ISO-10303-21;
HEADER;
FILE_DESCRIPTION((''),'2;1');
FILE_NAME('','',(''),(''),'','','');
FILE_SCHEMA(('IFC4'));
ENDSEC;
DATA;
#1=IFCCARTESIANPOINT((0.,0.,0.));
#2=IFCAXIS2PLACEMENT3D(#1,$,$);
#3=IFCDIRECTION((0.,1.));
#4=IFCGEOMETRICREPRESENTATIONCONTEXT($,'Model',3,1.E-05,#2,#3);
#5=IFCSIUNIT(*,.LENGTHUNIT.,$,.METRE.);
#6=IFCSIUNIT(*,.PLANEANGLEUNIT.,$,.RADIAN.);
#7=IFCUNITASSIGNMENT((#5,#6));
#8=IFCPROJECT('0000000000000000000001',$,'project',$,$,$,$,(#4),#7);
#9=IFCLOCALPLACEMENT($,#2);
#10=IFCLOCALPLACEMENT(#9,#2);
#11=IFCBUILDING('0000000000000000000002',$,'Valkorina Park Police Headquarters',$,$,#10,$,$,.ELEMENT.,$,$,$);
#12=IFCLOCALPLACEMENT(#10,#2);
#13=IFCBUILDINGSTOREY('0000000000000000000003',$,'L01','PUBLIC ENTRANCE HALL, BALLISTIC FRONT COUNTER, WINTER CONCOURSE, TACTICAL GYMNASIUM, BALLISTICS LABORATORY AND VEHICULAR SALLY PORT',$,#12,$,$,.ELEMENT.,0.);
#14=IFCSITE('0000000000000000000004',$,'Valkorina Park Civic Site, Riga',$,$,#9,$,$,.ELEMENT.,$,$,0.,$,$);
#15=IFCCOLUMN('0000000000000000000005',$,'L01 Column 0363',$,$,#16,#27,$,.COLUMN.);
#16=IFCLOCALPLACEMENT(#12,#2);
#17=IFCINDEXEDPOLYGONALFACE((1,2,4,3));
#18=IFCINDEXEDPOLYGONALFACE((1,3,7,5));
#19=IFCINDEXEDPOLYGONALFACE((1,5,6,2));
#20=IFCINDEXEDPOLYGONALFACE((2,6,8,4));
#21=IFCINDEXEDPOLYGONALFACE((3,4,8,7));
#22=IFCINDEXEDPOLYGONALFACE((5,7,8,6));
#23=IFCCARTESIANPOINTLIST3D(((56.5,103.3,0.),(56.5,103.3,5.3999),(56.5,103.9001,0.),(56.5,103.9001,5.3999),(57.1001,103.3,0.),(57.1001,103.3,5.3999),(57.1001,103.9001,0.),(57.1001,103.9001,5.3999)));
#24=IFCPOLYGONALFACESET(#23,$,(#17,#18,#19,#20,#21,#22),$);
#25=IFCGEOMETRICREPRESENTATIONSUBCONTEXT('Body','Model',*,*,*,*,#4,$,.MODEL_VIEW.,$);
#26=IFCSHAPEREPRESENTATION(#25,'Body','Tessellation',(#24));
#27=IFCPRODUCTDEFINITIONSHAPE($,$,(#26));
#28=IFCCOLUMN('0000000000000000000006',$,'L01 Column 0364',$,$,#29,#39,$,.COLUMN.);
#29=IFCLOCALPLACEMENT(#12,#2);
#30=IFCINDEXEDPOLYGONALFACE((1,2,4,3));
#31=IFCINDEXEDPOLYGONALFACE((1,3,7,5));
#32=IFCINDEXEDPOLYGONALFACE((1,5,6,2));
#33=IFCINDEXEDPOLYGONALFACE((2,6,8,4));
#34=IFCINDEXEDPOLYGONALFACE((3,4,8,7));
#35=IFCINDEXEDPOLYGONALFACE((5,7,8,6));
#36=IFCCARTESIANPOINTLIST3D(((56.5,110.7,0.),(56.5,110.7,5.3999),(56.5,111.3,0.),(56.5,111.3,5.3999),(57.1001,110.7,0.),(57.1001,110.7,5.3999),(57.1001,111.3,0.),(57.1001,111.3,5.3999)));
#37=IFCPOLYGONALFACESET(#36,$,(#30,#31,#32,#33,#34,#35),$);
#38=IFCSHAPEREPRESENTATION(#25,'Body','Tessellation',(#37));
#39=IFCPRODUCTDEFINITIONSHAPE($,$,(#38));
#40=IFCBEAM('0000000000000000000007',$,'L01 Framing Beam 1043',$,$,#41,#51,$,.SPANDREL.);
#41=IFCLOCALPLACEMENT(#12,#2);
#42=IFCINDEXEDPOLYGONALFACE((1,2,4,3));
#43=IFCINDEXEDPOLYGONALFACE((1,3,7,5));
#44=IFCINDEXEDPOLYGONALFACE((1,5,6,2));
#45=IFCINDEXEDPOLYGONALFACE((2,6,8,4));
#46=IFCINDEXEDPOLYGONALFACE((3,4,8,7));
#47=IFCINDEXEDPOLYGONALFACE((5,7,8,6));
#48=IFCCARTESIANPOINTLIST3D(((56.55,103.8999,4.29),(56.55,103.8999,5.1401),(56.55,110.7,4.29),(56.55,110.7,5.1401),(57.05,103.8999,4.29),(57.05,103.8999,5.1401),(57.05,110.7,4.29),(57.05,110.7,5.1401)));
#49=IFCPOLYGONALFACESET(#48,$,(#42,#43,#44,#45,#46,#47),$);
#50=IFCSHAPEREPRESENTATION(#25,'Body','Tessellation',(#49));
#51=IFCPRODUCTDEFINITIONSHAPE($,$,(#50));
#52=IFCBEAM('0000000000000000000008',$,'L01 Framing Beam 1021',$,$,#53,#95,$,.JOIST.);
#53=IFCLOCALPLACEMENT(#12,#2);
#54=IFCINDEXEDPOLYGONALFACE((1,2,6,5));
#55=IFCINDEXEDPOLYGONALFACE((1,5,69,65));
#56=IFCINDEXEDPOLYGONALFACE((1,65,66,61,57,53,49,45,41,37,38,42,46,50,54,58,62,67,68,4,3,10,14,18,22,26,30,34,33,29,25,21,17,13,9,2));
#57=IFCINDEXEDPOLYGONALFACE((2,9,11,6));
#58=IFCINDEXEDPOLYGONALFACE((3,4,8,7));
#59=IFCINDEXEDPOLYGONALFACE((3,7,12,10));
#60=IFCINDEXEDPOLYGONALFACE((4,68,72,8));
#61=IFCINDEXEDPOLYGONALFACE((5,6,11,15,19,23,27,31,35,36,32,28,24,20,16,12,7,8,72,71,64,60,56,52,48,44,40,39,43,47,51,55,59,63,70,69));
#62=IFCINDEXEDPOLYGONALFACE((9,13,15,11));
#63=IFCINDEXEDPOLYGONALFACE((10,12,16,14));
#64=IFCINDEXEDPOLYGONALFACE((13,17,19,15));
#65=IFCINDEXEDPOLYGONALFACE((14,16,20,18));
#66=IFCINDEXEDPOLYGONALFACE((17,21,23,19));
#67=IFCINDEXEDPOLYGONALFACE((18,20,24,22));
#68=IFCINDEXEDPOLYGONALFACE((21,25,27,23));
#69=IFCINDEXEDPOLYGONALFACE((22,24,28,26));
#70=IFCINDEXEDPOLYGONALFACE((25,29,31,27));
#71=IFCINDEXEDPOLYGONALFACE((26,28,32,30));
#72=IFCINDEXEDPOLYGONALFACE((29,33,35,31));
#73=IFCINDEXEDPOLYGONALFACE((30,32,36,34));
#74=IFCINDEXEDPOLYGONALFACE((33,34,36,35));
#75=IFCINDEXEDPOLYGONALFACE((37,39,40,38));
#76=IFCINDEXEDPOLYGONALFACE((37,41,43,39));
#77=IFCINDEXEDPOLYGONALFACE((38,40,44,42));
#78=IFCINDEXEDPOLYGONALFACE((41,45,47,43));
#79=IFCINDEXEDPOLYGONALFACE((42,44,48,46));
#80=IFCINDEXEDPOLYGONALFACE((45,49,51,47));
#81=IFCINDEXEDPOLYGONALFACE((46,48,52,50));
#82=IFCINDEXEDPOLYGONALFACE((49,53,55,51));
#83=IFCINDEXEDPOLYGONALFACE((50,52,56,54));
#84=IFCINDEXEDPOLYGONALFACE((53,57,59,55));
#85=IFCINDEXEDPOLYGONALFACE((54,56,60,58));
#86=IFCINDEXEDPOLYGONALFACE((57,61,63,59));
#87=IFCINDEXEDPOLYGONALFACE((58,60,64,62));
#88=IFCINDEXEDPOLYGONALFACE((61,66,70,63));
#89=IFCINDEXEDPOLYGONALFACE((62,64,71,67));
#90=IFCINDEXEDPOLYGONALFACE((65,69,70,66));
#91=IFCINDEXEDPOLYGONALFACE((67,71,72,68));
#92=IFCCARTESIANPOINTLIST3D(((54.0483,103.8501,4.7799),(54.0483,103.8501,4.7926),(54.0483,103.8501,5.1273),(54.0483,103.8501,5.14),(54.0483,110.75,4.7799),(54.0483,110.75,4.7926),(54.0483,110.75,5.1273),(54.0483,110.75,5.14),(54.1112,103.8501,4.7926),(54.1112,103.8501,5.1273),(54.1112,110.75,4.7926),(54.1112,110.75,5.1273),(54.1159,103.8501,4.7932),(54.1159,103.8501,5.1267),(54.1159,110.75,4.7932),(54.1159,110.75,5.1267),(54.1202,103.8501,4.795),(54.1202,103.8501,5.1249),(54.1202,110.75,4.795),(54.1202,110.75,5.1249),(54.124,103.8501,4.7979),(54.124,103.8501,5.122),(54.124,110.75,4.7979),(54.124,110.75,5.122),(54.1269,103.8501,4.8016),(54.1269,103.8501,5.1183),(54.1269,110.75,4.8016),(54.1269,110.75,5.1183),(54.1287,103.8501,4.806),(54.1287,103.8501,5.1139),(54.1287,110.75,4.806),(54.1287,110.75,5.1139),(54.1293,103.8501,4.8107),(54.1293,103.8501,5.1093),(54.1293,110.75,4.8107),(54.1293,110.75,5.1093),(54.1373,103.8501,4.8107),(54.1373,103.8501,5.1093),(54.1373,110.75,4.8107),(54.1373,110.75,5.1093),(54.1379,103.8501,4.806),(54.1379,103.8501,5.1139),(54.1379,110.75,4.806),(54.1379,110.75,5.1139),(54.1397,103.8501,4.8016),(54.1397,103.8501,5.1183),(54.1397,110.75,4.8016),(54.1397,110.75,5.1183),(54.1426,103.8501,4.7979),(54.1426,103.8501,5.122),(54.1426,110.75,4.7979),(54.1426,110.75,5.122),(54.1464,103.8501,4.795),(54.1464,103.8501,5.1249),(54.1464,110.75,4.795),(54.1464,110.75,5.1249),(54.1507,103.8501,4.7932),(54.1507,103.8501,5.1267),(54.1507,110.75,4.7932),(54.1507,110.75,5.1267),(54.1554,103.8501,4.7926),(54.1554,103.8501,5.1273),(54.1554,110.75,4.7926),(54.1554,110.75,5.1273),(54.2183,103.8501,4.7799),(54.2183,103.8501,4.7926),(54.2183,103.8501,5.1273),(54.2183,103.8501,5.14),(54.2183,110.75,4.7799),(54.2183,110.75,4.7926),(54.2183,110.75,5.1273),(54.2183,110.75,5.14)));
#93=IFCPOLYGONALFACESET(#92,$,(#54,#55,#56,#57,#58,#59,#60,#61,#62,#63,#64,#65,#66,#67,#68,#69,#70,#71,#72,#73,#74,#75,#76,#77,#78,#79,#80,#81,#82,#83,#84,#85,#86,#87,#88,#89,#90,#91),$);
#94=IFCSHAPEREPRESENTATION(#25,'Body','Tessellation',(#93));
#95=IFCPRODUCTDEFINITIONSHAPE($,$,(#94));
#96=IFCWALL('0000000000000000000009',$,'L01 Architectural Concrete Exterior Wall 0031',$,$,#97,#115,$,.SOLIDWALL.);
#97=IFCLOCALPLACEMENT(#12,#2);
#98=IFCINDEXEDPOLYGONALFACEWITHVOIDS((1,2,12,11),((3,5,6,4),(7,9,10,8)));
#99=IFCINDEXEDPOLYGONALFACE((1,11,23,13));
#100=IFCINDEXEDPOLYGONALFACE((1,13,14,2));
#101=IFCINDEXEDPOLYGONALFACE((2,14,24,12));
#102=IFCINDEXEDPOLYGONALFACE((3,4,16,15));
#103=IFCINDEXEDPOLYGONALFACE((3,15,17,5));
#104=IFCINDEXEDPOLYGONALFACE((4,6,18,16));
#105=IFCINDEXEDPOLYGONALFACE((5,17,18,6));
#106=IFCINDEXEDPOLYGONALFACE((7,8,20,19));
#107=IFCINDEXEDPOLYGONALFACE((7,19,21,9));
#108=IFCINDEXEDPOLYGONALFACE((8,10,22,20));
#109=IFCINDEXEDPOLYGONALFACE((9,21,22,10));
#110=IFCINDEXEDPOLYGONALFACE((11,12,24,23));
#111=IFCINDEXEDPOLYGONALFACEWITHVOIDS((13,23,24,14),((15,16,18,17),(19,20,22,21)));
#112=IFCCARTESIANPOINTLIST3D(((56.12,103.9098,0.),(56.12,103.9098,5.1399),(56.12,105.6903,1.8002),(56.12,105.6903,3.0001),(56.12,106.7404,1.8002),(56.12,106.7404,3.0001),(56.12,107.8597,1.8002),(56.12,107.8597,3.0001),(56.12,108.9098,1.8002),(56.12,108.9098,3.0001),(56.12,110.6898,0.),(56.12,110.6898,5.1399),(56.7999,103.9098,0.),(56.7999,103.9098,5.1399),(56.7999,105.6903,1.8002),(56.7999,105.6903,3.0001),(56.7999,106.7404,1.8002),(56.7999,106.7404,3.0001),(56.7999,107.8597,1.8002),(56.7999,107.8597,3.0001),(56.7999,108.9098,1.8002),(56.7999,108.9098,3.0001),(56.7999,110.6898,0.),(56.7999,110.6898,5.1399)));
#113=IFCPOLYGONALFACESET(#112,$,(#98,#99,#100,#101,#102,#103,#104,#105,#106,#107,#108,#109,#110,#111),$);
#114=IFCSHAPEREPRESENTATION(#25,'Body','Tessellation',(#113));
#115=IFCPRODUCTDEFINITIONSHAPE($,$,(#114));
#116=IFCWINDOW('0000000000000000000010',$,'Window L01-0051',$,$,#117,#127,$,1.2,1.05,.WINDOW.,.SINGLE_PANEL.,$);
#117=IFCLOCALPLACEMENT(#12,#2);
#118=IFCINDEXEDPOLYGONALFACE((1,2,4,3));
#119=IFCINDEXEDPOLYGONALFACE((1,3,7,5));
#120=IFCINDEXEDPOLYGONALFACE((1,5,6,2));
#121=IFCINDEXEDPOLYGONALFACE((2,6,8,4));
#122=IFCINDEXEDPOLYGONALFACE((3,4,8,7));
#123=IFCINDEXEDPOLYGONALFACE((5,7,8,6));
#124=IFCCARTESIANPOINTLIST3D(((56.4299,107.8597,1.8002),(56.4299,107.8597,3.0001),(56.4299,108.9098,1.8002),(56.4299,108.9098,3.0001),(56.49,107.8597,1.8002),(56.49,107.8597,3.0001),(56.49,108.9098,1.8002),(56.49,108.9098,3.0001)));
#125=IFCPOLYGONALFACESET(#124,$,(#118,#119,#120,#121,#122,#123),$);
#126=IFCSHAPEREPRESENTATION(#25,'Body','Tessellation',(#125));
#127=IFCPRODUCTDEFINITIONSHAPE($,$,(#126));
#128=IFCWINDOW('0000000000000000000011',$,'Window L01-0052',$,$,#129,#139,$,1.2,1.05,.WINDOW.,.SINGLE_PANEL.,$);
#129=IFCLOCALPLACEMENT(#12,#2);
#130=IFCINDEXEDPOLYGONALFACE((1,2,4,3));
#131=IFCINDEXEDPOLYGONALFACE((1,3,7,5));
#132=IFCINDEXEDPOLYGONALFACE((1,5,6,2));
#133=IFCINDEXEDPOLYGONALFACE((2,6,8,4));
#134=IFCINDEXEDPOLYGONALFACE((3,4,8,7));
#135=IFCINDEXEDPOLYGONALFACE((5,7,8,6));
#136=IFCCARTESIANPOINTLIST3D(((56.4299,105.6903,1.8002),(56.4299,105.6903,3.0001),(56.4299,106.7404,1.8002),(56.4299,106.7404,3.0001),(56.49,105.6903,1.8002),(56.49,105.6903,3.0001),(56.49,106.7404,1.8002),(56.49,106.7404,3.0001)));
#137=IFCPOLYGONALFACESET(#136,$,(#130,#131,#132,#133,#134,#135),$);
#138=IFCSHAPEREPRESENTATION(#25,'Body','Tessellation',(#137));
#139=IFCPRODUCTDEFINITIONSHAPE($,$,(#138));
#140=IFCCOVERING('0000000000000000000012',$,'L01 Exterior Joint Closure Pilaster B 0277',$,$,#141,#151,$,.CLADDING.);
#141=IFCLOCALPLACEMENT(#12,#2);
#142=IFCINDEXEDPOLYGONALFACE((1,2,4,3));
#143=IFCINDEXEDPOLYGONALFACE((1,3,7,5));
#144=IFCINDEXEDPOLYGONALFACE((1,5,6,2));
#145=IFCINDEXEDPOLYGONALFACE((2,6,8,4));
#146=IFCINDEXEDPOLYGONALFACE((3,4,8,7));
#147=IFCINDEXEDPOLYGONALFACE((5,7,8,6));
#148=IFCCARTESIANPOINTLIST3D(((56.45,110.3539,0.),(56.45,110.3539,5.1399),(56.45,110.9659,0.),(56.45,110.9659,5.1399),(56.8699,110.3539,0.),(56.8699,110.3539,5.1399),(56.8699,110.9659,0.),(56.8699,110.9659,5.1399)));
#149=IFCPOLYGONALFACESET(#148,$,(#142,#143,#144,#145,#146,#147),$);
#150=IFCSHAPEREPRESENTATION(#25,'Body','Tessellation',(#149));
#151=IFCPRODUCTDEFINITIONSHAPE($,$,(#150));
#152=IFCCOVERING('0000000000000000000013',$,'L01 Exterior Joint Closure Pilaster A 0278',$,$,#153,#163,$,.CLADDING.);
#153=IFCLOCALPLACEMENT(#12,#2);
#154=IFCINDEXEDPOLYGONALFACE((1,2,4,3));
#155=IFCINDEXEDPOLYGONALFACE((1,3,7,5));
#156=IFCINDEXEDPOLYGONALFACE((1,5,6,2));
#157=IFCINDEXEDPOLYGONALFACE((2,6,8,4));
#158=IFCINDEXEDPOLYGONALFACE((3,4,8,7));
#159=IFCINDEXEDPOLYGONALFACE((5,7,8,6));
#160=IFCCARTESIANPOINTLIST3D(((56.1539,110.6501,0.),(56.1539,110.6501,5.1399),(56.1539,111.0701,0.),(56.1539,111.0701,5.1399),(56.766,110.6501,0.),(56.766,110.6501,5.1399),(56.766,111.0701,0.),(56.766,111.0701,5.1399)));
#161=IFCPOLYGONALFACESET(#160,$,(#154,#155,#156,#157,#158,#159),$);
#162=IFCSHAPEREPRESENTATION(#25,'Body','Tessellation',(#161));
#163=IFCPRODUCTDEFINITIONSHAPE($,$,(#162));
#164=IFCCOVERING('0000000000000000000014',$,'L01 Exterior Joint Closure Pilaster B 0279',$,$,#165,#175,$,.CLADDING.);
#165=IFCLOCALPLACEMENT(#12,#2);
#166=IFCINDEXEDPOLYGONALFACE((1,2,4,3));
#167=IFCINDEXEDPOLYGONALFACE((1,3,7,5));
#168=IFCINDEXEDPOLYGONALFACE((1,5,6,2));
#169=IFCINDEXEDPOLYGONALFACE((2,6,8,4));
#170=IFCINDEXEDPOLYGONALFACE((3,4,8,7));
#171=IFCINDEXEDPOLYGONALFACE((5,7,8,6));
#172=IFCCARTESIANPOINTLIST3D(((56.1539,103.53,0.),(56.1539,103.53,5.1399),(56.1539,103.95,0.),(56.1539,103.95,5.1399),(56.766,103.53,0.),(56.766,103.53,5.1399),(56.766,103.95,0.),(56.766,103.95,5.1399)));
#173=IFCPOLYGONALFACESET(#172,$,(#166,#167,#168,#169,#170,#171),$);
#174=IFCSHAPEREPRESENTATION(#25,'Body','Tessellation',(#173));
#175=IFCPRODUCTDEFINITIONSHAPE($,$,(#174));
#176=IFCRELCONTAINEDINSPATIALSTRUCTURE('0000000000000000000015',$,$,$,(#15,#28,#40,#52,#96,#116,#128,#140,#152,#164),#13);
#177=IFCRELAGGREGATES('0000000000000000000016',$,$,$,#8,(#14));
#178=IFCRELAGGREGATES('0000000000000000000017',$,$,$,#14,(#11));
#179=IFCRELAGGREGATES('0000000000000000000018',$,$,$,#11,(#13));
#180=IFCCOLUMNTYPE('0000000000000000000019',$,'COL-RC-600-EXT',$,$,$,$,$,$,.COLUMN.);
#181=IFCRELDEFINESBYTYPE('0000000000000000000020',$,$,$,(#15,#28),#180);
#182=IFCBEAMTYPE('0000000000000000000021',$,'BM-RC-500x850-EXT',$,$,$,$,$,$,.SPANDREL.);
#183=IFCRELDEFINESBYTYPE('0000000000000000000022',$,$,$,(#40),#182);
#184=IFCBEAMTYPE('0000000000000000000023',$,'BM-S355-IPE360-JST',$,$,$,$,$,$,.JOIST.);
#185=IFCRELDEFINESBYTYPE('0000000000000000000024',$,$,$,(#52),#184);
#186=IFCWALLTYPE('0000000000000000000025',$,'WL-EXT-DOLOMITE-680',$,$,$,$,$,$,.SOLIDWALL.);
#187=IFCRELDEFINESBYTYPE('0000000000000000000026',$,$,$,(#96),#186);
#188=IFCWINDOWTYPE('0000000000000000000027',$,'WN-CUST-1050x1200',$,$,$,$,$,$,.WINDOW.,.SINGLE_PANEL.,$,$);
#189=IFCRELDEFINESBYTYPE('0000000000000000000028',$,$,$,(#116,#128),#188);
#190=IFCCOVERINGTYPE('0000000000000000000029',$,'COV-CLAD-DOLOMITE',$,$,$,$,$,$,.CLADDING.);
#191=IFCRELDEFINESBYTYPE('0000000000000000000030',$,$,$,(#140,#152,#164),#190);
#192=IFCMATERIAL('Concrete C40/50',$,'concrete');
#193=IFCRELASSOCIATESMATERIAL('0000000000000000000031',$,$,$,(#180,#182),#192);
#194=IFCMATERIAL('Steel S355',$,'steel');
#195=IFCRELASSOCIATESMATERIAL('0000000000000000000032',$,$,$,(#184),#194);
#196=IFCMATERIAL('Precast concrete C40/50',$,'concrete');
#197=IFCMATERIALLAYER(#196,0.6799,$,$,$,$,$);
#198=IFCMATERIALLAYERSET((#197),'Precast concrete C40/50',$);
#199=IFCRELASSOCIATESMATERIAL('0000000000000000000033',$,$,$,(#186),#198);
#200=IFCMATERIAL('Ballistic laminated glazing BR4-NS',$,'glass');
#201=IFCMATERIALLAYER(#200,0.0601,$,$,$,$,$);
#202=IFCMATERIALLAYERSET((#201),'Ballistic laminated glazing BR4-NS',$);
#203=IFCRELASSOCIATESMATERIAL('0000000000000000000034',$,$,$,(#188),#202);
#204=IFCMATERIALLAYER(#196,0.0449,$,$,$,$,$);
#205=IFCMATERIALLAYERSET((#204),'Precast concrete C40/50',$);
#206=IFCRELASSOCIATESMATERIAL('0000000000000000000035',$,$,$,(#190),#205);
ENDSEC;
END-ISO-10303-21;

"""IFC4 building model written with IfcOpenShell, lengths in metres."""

from ifc_helpers import new_model, si_unit, direction, frame, frame_2d, origin, origin_2d, place, context, subcontext, project, spatial, rectangle, i_section, extrude, material, layer, layer_set, material_profile, profile_set, type_object, element, fill, save


model = new_model("IFC4")

# Units and contexts
model_context = context("Model", 3, precision=1e-05, world=origin(), true_north=direction((0.0, 1.0)))
body_context = subcontext(model_context, "Body", "Model", "MODEL_VIEW")
ifc_project = project(units=[si_unit("LENGTHUNIT", "METRE"), si_unit("PLANEANGLEUNIT", "RADIAN")], contexts=[model_context])

# Site, building, storey
site_placement = place(None, origin())
site = spatial("IfcSite", under=ifc_project, at=site_placement, Name="Valkorina Park Civic Site, Riga", CompositionType="ELEMENT", RefElevation=0.0)
building_placement = place(site_placement, origin())
building = spatial("IfcBuilding", under=site, at=building_placement, Name="Valkorina Park Police Headquarters", CompositionType="ELEMENT")
storey_placement = place(building_placement, origin())
storey = spatial("IfcBuildingStorey", under=building, at=storey_placement, Name="L01", Description="PUBLIC ENTRANCE HALL, BALLISTIC FRONT COUNTER, WINTER CONCOURSE, TACTICAL GYMNASIUM, BALLISTICS LABORATORY AND VEHICULAR SALLY PORT", CompositionType="ELEMENT", Elevation=0.0)

# Columns
ifc_material_1 = material(Name="Concrete C40/50", Category="concrete")
ifc_material_profile_1 = material_profile(ifc_material_1, rectangle(XDim=0.6001, YDim=0.6001, at=origin_2d()), Name="RC COL 600x600")
ifc_profile_set_1 = profile_set([ifc_material_profile_1], Name="Concrete C40/50")
column_type = type_object("IfcColumnType", Name="COL-RC-600-EXT", PredefinedType="COLUMN", material=ifc_profile_set_1)
for number, where, z_axis, x_axis, name in (
    (1, (56.8, 103.6001, 0.0), (0.0, 0.0, 1.0), (1.0, 0.0, 0.0), "L01 Column 0363"),
    (2, (56.8, 111.0, 0.0), (0.0, 0.0, 1.0), (1.0, 0.0, 0.0), "L01 Column 0364"),
):
    element("IfcColumn", number, at=place(storey_placement, frame(where, z_axis=z_axis, x_axis=x_axis)), inside=storey, type_object=column_type, Name=name, PredefinedType="COLUMN", context=body_context, shape_type="SweptSolid", body=[
        extrude(rectangle(XDim=0.6001, YDim=0.6001, at=origin_2d()), origin(), (0.0, 0.0, 1.0), 5.3999),
    ])

# Beams
ifc_material_profile_2 = material_profile(ifc_material_1, rectangle(XDim=0.5, YDim=0.8501, at=origin_2d()), Name="RC BEAM 500x850")
ifc_profile_set_2 = profile_set([ifc_material_profile_2], Name="Concrete C40/50")
beam_type_1 = type_object("IfcBeamType", Name="BM-RC-500x850-EXT", PredefinedType="SPANDREL", material=ifc_profile_set_2)
beam_1_placement = place(storey_placement, frame((56.8, 103.8999, 4.7151), z_axis=(0.0, 1.0, 0.0), x_axis=(-1.0, 0.0, 0.0)))
element("IfcBeam", 3, at=beam_1_placement, inside=storey, type_object=beam_type_1, Name="L01 Framing Beam 1043", PredefinedType="SPANDREL", context=body_context, shape_type="SweptSolid", body=[
    extrude(rectangle(XDim=0.5, YDim=0.8501, at=origin_2d()), origin(), (0.0, 0.0, 1.0), 6.8),
])
ifc_material_2 = material(Name="Steel S355", Category="steel")
ifc_material_profile_3 = material_profile(ifc_material_2, i_section(OverallWidth=0.1699, OverallDepth=0.3601, WebThickness=0.0081, FlangeThickness=0.0127, FilletRadius=0.0181, at=origin_2d()), Name="IPE 360")
ifc_profile_set_3 = profile_set([ifc_material_profile_3], Name="Steel S355")
beam_type_2 = type_object("IfcBeamType", Name="BM-S355-IPE360-JST", PredefinedType="JOIST", material=ifc_profile_set_3)
beam_2_placement = place(storey_placement, frame((54.1333, 103.8501, 4.96), z_axis=(0.0, 1.0, 0.0), x_axis=(-1.0, 0.0, 0.0)))
element("IfcBeam", 4, at=beam_2_placement, inside=storey, type_object=beam_type_2, Name="L01 Framing Beam 1021", PredefinedType="JOIST", context=body_context, shape_type="SweptSolid", body=[
    extrude(i_section(OverallWidth=0.1699, OverallDepth=0.3601, WebThickness=0.0081, FlangeThickness=0.0127, FilletRadius=0.0181, at=origin_2d()), origin(), (0.0, 0.0, 1.0), 6.8999),
])

# Wall, openings, windows
ifc_material_3 = material(Name="Precast concrete C40/50", Category="concrete")
ifc_layer_1 = layer(ifc_material_3, 0.6799)
ifc_layer_set_1 = layer_set([ifc_layer_1], Name="Precast concrete C40/50")
wall_type = type_object("IfcWallType", Name="WL-EXT-DOLOMITE-680", PredefinedType="SOLIDWALL", material=ifc_layer_set_1)
wall_placement = place(storey_placement, frame((56.46, 110.6899, 0.0), z_axis=(0.0, 0.0, 1.0), x_axis=(0.0, -1.0, 0.0)))
wall = element("IfcWall", 5, at=wall_placement, inside=storey, type_object=wall_type, Name="L01 Architectural Concrete Exterior Wall 0031", PredefinedType="SOLIDWALL", context=body_context, shape_type="SweptSolid", body=[
    extrude(rectangle(XDim=6.78, YDim=0.6799, at=frame_2d((3.3901, 0.0))), origin(), (0.0, 0.0, 1.0), 5.1399),
])
opening_1_placement = place(wall_placement, frame((1.7803, 0.0, 1.8)))
opening_1 = element("IfcOpeningElement", 6, at=opening_1_placement, cuts=wall, PredefinedType="OPENING", context=body_context, shape_type="SweptSolid", body=[
    extrude(rectangle(XDim=1.05, YDim=1.2, at=frame_2d((0.5249, 0.6001))), frame((0.0, 0.3501, 0.0), z_axis=(0.0, -1.0, 0.0), x_axis=(1.0, 0.0, 0.0)), (0.0, 0.0, 1.0), 0.7),
])
opening_2_placement = place(wall_placement, frame((3.9497, 0.0, 1.8)))
opening_2 = element("IfcOpeningElement", 7, at=opening_2_placement, cuts=wall, PredefinedType="OPENING", context=body_context, shape_type="SweptSolid", body=[
    extrude(rectangle(XDim=1.05, YDim=1.2, at=frame_2d((0.5249, 0.6001))), frame((0.0, 0.3501, 0.0), z_axis=(0.0, -1.0, 0.0), x_axis=(1.0, 0.0, 0.0)), (0.0, 0.0, 1.0), 0.7),
])
ifc_material_4 = material(Name="Ballistic laminated glazing BR4-NS", Category="glass")
ifc_layer_2 = layer(ifc_material_4, 0.0601)
ifc_layer_set_2 = layer_set([ifc_layer_2], Name="Ballistic laminated glazing BR4-NS")
window_type = type_object("IfcWindowType", Name="WN-CUST-1050x1200", PartitioningType="SINGLE_PANEL", PredefinedType="WINDOW", material=ifc_layer_set_2)
window_1_placement = place(opening_1_placement, origin())
window_1 = element("IfcWindow", 8, at=window_1_placement, inside=storey, type_object=window_type, Name="Window L01-0051", OverallHeight=1.2, OverallWidth=1.05, PartitioningType="SINGLE_PANEL", PredefinedType="WINDOW", context=body_context, shape_type="SweptSolid", body=[
    extrude(rectangle(XDim=1.05, YDim=1.2, at=frame_2d((0.5249, 0.6001))), frame((0.0, 0.03, 0.0), z_axis=(0.0, -1.0, 0.0), x_axis=(1.0, 0.0, 0.0)), (0.0, 0.0, 1.0), 0.0601),
])
fill(opening_1, window_1)
window_2_placement = place(opening_2_placement, origin())
window_2 = element("IfcWindow", 9, at=window_2_placement, inside=storey, type_object=window_type, Name="Window L01-0052", OverallHeight=1.2, OverallWidth=1.05, PartitioningType="SINGLE_PANEL", PredefinedType="WINDOW", context=body_context, shape_type="SweptSolid", body=[
    extrude(rectangle(XDim=1.05, YDim=1.2, at=frame_2d((0.5249, 0.6001))), frame((0.0, 0.03, 0.0), z_axis=(0.0, -1.0, 0.0), x_axis=(1.0, 0.0, 0.0)), (0.0, 0.0, 1.0), 0.0601),
])
fill(opening_2, window_2)

# Coverings
ifc_layer_3 = layer(ifc_material_3, 0.0449)
ifc_layer_set_3 = layer_set([ifc_layer_3], Name="Precast concrete C40/50")
covering_type = type_object("IfcCoveringType", Name="COV-CLAD-DOLOMITE", PredefinedType="CLADDING", material=ifc_layer_set_3)
for number, where, z_axis, x_axis, name in (
    (10, (56.6599, 110.6599, 0.0), (0.0, 0.0, 1.0), (1.0, 0.0, 0.0), "L01 Exterior Joint Closure Pilaster B 0277"),
    (11, (56.46, 110.8601, 0.0), (0.0, 0.0, 1.0), (0.0, 1.0, 0.0), "L01 Exterior Joint Closure Pilaster A 0278"),
    (12, (56.46, 103.74, 0.0), (0.0, 0.0, 1.0), (0.0, 1.0, 0.0), "L01 Exterior Joint Closure Pilaster B 0279"),
):
    element("IfcCovering", number, at=place(storey_placement, frame(where, z_axis=z_axis, x_axis=x_axis)), inside=storey, type_object=covering_type, Name=name, PredefinedType="CLADDING", context=body_context, shape_type="SweptSolid", body=[
        extrude(rectangle(XDim=0.4199, YDim=0.6121, at=origin_2d()), origin(), (0.0, 0.0, 1.0), 5.1399),
    ])

save(model, "model.ifc")
